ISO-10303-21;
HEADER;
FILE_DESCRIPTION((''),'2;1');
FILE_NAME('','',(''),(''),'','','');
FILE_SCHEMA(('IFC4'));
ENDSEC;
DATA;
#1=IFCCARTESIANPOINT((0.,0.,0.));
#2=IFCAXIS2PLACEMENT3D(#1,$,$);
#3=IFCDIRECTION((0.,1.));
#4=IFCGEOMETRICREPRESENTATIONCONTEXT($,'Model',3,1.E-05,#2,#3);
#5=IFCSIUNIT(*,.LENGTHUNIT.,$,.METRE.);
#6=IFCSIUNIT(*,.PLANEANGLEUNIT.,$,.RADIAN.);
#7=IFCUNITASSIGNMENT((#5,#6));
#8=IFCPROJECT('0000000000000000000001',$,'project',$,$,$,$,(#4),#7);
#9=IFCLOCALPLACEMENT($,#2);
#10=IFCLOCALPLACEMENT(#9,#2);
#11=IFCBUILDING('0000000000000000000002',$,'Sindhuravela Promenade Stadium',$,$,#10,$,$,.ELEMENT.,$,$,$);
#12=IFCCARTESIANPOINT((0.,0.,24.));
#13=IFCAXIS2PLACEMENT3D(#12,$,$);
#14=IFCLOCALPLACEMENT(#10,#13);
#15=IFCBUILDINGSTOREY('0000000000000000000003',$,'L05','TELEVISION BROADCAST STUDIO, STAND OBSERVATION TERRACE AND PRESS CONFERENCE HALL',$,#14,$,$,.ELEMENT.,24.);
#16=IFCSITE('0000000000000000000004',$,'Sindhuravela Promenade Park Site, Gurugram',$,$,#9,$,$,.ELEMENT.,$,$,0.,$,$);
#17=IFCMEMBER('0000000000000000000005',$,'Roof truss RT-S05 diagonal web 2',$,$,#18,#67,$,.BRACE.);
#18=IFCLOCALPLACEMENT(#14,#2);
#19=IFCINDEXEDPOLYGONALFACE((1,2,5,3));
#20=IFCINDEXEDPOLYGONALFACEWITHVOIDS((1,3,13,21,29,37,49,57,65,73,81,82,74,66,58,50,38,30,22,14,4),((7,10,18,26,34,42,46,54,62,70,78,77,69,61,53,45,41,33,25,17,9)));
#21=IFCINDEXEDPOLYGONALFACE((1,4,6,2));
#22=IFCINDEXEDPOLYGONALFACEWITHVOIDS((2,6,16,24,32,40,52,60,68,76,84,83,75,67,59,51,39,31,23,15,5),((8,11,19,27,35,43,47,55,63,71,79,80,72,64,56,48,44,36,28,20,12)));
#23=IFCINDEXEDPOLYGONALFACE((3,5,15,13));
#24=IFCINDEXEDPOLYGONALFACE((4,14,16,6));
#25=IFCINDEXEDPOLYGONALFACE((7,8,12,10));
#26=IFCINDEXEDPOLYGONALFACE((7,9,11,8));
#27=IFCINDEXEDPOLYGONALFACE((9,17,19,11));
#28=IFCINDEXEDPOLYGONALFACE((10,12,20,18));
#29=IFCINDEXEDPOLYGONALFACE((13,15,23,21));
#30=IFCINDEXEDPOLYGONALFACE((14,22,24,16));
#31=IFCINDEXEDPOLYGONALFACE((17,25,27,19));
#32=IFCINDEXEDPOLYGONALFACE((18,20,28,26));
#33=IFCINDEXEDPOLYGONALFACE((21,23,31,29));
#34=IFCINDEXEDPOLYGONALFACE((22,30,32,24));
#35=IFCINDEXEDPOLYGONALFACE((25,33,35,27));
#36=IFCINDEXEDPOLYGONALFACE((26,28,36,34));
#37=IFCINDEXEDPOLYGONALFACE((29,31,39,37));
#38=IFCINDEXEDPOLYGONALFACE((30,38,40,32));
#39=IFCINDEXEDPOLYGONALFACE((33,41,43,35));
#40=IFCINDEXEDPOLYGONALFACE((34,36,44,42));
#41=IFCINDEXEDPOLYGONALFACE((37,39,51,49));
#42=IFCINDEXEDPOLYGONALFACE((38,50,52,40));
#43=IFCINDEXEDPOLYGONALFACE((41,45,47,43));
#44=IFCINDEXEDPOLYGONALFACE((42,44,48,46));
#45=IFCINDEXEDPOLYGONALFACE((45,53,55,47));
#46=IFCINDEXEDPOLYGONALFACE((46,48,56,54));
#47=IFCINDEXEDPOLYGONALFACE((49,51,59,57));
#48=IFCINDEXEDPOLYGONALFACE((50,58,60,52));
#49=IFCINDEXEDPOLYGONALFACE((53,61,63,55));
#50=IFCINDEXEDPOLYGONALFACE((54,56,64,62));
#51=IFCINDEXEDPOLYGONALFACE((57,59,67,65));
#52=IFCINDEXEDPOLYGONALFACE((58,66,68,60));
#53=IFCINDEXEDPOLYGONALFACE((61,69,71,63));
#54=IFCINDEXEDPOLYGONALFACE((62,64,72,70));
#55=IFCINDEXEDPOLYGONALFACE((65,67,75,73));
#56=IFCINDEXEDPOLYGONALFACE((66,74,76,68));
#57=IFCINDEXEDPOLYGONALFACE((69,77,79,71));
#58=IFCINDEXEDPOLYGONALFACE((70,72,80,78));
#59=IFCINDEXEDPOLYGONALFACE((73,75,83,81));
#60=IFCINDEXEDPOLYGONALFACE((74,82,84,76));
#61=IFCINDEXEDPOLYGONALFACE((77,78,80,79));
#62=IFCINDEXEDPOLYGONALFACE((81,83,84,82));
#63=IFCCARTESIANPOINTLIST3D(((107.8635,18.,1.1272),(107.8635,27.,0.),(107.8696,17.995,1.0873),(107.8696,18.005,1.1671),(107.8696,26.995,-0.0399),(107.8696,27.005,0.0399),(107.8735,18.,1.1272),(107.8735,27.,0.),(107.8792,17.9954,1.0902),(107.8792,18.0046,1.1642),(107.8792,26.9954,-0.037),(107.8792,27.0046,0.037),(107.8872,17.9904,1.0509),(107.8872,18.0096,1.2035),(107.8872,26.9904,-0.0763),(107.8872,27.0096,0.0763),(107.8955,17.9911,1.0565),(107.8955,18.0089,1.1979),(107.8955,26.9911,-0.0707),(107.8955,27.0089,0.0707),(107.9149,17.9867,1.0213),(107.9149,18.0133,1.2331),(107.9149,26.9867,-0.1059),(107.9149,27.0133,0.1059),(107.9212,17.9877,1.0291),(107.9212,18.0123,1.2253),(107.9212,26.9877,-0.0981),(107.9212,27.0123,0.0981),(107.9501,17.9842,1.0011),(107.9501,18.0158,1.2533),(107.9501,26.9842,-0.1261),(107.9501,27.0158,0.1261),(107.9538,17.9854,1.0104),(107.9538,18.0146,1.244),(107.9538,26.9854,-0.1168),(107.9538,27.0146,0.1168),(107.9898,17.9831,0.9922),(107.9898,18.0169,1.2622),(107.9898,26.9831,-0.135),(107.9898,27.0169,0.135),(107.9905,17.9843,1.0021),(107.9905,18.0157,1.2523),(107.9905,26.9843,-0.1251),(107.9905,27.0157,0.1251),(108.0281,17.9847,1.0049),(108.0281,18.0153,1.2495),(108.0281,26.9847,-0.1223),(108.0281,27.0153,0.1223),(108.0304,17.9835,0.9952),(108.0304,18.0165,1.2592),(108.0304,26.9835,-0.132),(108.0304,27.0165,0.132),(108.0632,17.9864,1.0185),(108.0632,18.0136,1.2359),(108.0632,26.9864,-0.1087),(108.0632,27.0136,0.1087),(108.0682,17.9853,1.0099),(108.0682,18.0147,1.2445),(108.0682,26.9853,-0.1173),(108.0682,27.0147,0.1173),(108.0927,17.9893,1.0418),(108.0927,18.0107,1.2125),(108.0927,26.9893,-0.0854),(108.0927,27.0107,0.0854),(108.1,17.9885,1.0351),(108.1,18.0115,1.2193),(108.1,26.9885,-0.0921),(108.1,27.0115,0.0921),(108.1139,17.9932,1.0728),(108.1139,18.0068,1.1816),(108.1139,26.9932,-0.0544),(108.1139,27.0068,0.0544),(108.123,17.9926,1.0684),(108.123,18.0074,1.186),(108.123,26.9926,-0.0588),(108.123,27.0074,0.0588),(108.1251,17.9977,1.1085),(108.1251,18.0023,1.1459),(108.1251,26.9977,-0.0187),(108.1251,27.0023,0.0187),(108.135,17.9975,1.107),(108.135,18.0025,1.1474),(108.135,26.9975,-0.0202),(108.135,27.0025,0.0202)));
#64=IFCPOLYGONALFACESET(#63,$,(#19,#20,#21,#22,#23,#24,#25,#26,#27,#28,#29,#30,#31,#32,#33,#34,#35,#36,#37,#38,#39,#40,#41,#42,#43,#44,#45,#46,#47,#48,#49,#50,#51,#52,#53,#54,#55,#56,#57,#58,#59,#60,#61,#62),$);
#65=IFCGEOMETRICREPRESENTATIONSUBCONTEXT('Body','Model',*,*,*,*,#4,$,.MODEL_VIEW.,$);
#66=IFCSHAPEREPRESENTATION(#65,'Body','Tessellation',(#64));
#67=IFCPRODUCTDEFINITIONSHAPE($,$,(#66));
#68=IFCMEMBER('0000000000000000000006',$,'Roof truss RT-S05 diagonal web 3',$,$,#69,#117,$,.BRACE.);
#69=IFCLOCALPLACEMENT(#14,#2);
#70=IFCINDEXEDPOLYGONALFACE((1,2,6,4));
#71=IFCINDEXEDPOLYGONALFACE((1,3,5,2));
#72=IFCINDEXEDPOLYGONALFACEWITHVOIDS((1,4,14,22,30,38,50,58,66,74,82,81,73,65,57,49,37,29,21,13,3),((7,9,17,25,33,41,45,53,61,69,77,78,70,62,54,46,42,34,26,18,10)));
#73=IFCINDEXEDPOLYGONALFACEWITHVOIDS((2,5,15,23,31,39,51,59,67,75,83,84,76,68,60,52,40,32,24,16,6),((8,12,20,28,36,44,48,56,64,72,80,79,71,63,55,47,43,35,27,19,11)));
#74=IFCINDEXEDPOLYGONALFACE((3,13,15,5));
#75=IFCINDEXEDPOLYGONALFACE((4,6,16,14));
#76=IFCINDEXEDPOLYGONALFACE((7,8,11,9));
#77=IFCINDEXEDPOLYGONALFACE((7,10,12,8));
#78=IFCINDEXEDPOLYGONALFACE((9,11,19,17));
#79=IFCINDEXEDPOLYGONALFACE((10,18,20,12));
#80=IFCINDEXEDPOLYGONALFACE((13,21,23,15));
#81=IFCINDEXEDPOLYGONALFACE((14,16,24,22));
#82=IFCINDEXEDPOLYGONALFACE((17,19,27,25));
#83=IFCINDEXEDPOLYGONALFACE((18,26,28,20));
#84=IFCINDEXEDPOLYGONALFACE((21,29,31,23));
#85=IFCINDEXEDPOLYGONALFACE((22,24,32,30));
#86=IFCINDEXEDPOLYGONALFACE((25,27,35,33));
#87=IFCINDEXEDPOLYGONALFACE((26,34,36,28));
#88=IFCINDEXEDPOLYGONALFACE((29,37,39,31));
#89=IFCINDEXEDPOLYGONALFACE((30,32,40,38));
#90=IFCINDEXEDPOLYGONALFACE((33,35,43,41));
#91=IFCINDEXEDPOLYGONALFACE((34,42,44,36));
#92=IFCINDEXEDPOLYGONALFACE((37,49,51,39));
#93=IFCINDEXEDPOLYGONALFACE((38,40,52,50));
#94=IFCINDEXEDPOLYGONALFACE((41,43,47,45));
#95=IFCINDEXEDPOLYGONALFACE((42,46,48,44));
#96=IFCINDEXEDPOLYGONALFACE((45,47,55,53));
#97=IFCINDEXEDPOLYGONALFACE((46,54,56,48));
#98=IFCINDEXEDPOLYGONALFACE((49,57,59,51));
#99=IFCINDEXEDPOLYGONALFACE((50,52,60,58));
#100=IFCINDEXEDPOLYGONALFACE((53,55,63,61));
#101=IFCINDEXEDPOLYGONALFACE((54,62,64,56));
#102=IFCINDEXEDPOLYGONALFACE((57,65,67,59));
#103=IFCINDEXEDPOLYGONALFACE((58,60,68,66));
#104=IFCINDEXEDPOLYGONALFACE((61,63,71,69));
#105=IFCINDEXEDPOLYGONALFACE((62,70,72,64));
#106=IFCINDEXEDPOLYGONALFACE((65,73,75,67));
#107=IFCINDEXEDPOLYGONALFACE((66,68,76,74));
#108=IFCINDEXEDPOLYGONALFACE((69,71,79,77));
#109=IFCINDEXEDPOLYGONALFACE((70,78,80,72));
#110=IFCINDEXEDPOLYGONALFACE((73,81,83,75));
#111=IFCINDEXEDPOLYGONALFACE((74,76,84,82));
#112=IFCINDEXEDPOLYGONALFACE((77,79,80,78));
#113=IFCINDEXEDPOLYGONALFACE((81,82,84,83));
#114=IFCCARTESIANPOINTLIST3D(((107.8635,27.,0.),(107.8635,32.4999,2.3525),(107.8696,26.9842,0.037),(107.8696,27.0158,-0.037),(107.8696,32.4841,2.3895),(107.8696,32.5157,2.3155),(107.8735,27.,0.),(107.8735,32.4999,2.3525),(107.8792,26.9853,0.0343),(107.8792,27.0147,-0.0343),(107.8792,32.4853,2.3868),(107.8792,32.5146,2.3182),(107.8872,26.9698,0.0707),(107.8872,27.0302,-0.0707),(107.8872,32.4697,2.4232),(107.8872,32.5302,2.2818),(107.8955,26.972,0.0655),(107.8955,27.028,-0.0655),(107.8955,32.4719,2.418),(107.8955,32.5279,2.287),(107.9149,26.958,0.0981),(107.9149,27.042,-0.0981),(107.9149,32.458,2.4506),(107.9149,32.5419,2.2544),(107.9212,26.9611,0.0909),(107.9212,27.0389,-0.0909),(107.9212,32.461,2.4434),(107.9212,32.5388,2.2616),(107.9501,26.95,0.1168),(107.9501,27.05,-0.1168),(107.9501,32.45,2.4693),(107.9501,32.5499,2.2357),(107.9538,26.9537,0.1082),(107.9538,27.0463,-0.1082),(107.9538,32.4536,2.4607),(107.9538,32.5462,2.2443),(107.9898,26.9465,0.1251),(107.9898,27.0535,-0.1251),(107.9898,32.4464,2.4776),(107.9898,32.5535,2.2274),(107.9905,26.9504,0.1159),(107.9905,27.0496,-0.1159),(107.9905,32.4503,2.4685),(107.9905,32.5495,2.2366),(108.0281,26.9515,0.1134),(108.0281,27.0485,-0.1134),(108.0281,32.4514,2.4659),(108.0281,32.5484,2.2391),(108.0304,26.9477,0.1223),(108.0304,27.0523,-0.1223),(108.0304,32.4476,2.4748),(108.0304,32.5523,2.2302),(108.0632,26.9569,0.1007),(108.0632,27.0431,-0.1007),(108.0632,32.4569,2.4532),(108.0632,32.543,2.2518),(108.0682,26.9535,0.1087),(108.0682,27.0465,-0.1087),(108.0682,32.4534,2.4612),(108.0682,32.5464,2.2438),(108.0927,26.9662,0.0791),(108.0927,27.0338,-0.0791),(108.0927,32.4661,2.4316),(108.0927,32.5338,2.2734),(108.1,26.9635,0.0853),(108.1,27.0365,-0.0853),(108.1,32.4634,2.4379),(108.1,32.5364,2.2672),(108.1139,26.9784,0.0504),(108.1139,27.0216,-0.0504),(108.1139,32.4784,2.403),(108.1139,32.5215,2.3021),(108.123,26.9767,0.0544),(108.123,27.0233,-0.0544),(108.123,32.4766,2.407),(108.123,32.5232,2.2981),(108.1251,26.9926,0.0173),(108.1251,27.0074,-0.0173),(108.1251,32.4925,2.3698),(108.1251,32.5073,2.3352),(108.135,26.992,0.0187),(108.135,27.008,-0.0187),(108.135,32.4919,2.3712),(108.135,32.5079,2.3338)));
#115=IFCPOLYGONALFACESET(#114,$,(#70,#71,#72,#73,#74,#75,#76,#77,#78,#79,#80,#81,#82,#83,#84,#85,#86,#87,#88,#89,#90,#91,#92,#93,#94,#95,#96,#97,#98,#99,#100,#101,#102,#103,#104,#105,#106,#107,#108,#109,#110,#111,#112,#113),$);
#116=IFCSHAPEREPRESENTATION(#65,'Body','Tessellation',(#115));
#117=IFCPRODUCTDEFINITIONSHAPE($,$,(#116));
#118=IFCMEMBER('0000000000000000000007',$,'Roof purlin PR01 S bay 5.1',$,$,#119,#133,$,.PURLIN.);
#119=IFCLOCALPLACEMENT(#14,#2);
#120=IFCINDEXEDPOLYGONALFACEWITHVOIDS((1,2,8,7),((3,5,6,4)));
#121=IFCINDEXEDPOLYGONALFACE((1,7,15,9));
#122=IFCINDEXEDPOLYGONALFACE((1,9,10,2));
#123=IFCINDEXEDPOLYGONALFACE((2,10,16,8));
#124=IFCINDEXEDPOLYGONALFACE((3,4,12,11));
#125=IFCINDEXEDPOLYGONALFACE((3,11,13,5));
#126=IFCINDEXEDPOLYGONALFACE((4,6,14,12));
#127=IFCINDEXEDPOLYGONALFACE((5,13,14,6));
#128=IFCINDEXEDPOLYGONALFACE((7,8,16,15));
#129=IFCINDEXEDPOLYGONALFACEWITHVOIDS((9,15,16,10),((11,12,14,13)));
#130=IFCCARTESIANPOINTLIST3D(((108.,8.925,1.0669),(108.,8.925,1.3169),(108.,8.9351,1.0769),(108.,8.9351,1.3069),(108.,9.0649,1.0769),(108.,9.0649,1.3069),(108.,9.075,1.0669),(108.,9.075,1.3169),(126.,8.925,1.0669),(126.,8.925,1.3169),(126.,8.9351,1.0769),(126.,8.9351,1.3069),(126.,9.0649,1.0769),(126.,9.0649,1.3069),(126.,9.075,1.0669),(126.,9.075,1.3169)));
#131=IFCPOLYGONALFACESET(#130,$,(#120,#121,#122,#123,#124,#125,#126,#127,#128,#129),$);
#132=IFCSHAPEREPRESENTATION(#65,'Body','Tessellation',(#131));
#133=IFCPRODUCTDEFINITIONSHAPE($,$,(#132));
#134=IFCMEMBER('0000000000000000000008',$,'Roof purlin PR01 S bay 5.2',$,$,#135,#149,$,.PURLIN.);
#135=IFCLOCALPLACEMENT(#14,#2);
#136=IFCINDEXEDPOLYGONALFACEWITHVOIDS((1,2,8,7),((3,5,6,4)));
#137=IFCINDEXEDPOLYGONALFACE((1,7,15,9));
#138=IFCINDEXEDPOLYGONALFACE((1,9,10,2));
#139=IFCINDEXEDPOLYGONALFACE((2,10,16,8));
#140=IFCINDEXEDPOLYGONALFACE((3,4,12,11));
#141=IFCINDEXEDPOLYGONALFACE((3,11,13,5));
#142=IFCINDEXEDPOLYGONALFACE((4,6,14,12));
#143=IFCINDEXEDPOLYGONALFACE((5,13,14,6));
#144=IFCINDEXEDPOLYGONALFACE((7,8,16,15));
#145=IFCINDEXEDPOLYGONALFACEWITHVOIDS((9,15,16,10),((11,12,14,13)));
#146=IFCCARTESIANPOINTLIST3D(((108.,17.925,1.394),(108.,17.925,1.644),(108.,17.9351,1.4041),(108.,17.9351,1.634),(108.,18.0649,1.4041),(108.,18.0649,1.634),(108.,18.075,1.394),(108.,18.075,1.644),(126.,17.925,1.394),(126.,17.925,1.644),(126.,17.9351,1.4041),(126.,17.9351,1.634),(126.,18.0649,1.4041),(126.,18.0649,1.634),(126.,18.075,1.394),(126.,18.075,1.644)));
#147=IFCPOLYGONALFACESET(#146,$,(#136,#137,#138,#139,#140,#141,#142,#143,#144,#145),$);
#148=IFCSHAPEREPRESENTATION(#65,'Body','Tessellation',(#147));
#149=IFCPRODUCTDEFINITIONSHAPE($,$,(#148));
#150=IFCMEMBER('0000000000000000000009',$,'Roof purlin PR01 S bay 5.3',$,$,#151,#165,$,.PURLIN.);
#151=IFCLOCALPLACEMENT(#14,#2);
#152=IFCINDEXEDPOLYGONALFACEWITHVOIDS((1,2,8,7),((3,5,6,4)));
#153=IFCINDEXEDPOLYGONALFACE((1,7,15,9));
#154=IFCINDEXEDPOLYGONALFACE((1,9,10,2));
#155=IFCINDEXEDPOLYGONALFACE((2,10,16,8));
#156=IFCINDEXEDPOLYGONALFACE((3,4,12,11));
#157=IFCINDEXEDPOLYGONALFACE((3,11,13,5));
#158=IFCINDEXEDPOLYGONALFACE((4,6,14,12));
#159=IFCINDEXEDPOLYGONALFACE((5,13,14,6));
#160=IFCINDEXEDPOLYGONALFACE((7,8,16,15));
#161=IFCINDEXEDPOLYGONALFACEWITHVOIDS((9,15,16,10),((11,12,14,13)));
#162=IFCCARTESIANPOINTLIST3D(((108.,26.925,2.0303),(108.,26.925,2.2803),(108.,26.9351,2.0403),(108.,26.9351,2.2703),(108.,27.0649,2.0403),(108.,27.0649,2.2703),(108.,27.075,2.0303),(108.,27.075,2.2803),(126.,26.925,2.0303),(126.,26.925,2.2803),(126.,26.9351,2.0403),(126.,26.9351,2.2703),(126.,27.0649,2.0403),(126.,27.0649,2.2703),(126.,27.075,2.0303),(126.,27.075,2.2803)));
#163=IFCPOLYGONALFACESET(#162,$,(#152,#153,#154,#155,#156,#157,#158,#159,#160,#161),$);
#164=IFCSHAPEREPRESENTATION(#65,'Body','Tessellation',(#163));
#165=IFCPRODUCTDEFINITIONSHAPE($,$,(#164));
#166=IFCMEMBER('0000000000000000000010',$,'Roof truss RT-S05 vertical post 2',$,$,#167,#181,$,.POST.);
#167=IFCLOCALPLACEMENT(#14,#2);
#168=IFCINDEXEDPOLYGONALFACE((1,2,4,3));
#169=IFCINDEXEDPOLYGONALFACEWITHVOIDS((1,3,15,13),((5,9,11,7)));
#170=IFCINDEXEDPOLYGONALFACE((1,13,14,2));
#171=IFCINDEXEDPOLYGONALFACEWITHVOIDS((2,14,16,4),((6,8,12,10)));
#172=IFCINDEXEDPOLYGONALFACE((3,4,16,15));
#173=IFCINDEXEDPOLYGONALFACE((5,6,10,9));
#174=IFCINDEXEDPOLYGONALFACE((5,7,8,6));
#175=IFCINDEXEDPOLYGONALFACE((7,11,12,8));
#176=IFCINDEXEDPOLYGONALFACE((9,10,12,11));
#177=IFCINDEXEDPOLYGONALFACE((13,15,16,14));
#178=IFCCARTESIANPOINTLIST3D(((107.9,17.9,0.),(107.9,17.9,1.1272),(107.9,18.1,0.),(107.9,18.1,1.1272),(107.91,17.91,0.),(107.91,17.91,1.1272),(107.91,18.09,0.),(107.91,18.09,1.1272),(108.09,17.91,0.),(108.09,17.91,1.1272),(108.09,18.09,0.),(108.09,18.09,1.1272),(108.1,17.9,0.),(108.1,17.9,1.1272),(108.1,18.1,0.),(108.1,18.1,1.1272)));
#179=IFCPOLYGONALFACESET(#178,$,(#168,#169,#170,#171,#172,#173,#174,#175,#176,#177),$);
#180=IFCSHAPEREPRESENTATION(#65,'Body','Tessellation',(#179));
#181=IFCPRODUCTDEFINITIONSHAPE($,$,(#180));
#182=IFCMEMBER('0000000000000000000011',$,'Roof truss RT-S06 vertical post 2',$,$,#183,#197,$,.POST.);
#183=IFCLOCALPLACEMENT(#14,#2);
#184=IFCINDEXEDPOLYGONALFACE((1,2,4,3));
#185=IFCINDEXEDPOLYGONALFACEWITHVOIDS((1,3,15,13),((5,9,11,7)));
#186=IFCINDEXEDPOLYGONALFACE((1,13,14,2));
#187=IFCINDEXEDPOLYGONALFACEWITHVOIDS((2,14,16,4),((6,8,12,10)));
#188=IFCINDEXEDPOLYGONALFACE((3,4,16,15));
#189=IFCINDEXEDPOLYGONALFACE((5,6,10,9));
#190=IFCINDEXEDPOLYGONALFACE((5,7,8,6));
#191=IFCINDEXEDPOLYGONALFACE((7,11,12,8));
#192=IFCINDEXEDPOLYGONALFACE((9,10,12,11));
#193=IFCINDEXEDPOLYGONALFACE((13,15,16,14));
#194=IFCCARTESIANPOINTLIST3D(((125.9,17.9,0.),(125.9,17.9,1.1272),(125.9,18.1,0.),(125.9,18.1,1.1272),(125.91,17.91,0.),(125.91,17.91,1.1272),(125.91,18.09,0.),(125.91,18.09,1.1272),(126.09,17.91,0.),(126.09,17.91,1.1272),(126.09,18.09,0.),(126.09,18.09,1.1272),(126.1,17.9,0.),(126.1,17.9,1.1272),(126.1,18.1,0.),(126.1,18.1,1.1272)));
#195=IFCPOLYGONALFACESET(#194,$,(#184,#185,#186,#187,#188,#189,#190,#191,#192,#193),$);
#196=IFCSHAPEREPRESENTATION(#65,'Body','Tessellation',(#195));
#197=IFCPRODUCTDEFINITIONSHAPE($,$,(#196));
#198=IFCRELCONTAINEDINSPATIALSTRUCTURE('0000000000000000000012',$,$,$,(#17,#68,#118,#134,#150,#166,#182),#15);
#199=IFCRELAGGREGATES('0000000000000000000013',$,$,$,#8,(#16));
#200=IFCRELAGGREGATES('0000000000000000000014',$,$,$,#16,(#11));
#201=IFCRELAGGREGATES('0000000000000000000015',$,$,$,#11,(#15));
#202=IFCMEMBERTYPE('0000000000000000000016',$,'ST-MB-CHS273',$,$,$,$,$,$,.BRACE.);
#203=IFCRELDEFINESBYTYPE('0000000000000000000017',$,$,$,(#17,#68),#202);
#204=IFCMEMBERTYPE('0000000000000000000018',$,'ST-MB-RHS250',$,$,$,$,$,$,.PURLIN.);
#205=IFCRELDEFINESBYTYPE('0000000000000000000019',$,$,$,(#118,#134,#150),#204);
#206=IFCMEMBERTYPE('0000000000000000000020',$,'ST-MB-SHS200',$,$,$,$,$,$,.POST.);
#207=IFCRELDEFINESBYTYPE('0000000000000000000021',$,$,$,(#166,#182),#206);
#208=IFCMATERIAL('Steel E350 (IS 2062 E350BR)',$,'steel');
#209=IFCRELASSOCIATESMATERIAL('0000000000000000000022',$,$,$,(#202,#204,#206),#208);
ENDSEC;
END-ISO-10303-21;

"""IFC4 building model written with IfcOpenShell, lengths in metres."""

from ifc_helpers import new_model, si_unit, direction, frame, origin, origin_2d, place, context, subcontext, project, spatial, hollow_rectangle, hollow_circle, extrude, material, material_profile, profile_set, type_object, element, save


model = new_model("IFC4")

# Units and contexts
model_context = context("Model", 3, precision=1e-05, world=origin(), true_north=direction((0.0, 1.0)))
body_context = subcontext(model_context, "Body", "Model", "MODEL_VIEW")
ifc_project = project(units=[si_unit("LENGTHUNIT", "METRE"), si_unit("PLANEANGLEUNIT", "RADIAN")], contexts=[model_context])

# Site, building, storey
site_placement = place(None, origin())
site = spatial("IfcSite", under=ifc_project, at=site_placement, Name="Sindhuravela Promenade Park Site, Gurugram", CompositionType="ELEMENT", RefElevation=0.0)
building_placement = place(site_placement, origin())
building = spatial("IfcBuilding", under=site, at=building_placement, Name="Sindhuravela Promenade Stadium", CompositionType="ELEMENT")
storey_placement = place(building_placement, frame((0.0, 0.0, 24.0)))
storey = spatial("IfcBuildingStorey", under=building, at=storey_placement, Name="L05", Description="TELEVISION BROADCAST STUDIO, STAND OBSERVATION TERRACE AND PRESS CONFERENCE HALL", CompositionType="ELEMENT", Elevation=24.0)

# Shared definitions
ifc_material_1 = material(Name="Steel E350 (IS 2062 E350BR)", Category="steel")

# Members
ifc_material_profile_1 = material_profile(ifc_material_1, hollow_circle(Radius=0.1365, WallThickness=0.01, at=origin_2d()), Name="CHS 273.0x10")
ifc_profile_set_1 = profile_set([ifc_material_profile_1], Name="Steel E350 (IS 2062 E350BR)")
member_type_1 = type_object("IfcMemberType", Name="ST-MB-CHS273", PredefinedType="BRACE", material=ifc_profile_set_1)
for number, where, z_axis, x_axis, name in (
    (1, (108.0, 18.0, 1.1272), (0.0, 0.992248, -0.124273), (-1.0, 0.0, 0.0), "Roof truss RT-S05 diagonal web 2"),
):
    element("IfcMember", number, at=place(storey_placement, frame(where, z_axis=z_axis, x_axis=x_axis)), inside=storey, type_object=member_type_1, Name=name, PredefinedType="BRACE", context=body_context, shape_type="SweptSolid", body=[
        extrude(hollow_circle(Radius=0.1365, WallThickness=0.01, at=origin_2d()), origin(), (0.0, 0.0, 1.0), 9.0703),
    ])
member_1_placement = place(storey_placement, frame((108.0, 27.0, 0.0), z_axis=(0.0, 0.919423, 0.393269), x_axis=(-1.0, 0.0, 0.0)))
element("IfcMember", 2, at=member_1_placement, inside=storey, type_object=member_type_1, Name="Roof truss RT-S05 diagonal web 3", PredefinedType="BRACE", context=body_context, shape_type="SweptSolid", body=[
    extrude(hollow_circle(Radius=0.1365, WallThickness=0.01, at=origin_2d()), origin(), (0.0, 0.0, 1.0), 5.9819),
])
ifc_material_profile_2 = material_profile(ifc_material_1, hollow_rectangle(XDim=0.1499, YDim=0.25, WallThickness=0.01, at=origin_2d()), Name="RHS 250x150x10")
ifc_profile_set_2 = profile_set([ifc_material_profile_2], Name="Steel E350 (IS 2062 E350BR)")
member_type_2 = type_object("IfcMemberType", Name="ST-MB-RHS250", PredefinedType="PURLIN", material=ifc_profile_set_2)
for number, where, z_axis, x_axis, name in (
    (3, (108.0, 9.0, 1.1919), (1.0, 0.0, 0.0), (0.0, 1.0, 0.0), "Roof purlin PR01 S bay 5.1"),
    (4, (108.0, 18.0, 1.519), (1.0, 0.0, 0.0), (0.0, 1.0, 0.0), "Roof purlin PR01 S bay 5.2"),
    (5, (108.0, 27.0, 2.1553), (1.0, 0.0, 0.0), (0.0, 1.0, 0.0), "Roof purlin PR01 S bay 5.3"),
):
    element("IfcMember", number, at=place(storey_placement, frame(where, z_axis=z_axis, x_axis=x_axis)), inside=storey, type_object=member_type_2, Name=name, PredefinedType="PURLIN", context=body_context, shape_type="SweptSolid", body=[
        extrude(hollow_rectangle(XDim=0.1499, YDim=0.25, WallThickness=0.01, at=origin_2d()), origin(), (0.0, 0.0, 1.0), 18.0),
    ])
ifc_material_profile_3 = material_profile(ifc_material_1, hollow_rectangle(XDim=0.2, YDim=0.2, WallThickness=0.01, at=origin_2d()), Name="SHS 200x200x10")
ifc_profile_set_3 = profile_set([ifc_material_profile_3], Name="Steel E350 (IS 2062 E350BR)")
member_type_3 = type_object("IfcMemberType", Name="ST-MB-SHS200", PredefinedType="POST", material=ifc_profile_set_3)
for number, where, z_axis, x_axis, name in (
    (6, (108.0, 18.0, 0.0), (0.0, 0.0, 1.0), (1.0, 0.0, 0.0), "Roof truss RT-S05 vertical post 2"),
    (7, (126.0, 18.0, 0.0), (0.0, 0.0, 1.0), (1.0, 0.0, 0.0), "Roof truss RT-S06 vertical post 2"),
):
    element("IfcMember", number, at=place(storey_placement, frame(where, z_axis=z_axis, x_axis=x_axis)), inside=storey, type_object=member_type_3, Name=name, PredefinedType="POST", context=body_context, shape_type="SweptSolid", body=[
        extrude(hollow_rectangle(XDim=0.2, YDim=0.2, WallThickness=0.01, at=origin_2d()), origin(), (0.0, 0.0, 1.0), 1.1272),
    ])

save(model, "model.ifc")
